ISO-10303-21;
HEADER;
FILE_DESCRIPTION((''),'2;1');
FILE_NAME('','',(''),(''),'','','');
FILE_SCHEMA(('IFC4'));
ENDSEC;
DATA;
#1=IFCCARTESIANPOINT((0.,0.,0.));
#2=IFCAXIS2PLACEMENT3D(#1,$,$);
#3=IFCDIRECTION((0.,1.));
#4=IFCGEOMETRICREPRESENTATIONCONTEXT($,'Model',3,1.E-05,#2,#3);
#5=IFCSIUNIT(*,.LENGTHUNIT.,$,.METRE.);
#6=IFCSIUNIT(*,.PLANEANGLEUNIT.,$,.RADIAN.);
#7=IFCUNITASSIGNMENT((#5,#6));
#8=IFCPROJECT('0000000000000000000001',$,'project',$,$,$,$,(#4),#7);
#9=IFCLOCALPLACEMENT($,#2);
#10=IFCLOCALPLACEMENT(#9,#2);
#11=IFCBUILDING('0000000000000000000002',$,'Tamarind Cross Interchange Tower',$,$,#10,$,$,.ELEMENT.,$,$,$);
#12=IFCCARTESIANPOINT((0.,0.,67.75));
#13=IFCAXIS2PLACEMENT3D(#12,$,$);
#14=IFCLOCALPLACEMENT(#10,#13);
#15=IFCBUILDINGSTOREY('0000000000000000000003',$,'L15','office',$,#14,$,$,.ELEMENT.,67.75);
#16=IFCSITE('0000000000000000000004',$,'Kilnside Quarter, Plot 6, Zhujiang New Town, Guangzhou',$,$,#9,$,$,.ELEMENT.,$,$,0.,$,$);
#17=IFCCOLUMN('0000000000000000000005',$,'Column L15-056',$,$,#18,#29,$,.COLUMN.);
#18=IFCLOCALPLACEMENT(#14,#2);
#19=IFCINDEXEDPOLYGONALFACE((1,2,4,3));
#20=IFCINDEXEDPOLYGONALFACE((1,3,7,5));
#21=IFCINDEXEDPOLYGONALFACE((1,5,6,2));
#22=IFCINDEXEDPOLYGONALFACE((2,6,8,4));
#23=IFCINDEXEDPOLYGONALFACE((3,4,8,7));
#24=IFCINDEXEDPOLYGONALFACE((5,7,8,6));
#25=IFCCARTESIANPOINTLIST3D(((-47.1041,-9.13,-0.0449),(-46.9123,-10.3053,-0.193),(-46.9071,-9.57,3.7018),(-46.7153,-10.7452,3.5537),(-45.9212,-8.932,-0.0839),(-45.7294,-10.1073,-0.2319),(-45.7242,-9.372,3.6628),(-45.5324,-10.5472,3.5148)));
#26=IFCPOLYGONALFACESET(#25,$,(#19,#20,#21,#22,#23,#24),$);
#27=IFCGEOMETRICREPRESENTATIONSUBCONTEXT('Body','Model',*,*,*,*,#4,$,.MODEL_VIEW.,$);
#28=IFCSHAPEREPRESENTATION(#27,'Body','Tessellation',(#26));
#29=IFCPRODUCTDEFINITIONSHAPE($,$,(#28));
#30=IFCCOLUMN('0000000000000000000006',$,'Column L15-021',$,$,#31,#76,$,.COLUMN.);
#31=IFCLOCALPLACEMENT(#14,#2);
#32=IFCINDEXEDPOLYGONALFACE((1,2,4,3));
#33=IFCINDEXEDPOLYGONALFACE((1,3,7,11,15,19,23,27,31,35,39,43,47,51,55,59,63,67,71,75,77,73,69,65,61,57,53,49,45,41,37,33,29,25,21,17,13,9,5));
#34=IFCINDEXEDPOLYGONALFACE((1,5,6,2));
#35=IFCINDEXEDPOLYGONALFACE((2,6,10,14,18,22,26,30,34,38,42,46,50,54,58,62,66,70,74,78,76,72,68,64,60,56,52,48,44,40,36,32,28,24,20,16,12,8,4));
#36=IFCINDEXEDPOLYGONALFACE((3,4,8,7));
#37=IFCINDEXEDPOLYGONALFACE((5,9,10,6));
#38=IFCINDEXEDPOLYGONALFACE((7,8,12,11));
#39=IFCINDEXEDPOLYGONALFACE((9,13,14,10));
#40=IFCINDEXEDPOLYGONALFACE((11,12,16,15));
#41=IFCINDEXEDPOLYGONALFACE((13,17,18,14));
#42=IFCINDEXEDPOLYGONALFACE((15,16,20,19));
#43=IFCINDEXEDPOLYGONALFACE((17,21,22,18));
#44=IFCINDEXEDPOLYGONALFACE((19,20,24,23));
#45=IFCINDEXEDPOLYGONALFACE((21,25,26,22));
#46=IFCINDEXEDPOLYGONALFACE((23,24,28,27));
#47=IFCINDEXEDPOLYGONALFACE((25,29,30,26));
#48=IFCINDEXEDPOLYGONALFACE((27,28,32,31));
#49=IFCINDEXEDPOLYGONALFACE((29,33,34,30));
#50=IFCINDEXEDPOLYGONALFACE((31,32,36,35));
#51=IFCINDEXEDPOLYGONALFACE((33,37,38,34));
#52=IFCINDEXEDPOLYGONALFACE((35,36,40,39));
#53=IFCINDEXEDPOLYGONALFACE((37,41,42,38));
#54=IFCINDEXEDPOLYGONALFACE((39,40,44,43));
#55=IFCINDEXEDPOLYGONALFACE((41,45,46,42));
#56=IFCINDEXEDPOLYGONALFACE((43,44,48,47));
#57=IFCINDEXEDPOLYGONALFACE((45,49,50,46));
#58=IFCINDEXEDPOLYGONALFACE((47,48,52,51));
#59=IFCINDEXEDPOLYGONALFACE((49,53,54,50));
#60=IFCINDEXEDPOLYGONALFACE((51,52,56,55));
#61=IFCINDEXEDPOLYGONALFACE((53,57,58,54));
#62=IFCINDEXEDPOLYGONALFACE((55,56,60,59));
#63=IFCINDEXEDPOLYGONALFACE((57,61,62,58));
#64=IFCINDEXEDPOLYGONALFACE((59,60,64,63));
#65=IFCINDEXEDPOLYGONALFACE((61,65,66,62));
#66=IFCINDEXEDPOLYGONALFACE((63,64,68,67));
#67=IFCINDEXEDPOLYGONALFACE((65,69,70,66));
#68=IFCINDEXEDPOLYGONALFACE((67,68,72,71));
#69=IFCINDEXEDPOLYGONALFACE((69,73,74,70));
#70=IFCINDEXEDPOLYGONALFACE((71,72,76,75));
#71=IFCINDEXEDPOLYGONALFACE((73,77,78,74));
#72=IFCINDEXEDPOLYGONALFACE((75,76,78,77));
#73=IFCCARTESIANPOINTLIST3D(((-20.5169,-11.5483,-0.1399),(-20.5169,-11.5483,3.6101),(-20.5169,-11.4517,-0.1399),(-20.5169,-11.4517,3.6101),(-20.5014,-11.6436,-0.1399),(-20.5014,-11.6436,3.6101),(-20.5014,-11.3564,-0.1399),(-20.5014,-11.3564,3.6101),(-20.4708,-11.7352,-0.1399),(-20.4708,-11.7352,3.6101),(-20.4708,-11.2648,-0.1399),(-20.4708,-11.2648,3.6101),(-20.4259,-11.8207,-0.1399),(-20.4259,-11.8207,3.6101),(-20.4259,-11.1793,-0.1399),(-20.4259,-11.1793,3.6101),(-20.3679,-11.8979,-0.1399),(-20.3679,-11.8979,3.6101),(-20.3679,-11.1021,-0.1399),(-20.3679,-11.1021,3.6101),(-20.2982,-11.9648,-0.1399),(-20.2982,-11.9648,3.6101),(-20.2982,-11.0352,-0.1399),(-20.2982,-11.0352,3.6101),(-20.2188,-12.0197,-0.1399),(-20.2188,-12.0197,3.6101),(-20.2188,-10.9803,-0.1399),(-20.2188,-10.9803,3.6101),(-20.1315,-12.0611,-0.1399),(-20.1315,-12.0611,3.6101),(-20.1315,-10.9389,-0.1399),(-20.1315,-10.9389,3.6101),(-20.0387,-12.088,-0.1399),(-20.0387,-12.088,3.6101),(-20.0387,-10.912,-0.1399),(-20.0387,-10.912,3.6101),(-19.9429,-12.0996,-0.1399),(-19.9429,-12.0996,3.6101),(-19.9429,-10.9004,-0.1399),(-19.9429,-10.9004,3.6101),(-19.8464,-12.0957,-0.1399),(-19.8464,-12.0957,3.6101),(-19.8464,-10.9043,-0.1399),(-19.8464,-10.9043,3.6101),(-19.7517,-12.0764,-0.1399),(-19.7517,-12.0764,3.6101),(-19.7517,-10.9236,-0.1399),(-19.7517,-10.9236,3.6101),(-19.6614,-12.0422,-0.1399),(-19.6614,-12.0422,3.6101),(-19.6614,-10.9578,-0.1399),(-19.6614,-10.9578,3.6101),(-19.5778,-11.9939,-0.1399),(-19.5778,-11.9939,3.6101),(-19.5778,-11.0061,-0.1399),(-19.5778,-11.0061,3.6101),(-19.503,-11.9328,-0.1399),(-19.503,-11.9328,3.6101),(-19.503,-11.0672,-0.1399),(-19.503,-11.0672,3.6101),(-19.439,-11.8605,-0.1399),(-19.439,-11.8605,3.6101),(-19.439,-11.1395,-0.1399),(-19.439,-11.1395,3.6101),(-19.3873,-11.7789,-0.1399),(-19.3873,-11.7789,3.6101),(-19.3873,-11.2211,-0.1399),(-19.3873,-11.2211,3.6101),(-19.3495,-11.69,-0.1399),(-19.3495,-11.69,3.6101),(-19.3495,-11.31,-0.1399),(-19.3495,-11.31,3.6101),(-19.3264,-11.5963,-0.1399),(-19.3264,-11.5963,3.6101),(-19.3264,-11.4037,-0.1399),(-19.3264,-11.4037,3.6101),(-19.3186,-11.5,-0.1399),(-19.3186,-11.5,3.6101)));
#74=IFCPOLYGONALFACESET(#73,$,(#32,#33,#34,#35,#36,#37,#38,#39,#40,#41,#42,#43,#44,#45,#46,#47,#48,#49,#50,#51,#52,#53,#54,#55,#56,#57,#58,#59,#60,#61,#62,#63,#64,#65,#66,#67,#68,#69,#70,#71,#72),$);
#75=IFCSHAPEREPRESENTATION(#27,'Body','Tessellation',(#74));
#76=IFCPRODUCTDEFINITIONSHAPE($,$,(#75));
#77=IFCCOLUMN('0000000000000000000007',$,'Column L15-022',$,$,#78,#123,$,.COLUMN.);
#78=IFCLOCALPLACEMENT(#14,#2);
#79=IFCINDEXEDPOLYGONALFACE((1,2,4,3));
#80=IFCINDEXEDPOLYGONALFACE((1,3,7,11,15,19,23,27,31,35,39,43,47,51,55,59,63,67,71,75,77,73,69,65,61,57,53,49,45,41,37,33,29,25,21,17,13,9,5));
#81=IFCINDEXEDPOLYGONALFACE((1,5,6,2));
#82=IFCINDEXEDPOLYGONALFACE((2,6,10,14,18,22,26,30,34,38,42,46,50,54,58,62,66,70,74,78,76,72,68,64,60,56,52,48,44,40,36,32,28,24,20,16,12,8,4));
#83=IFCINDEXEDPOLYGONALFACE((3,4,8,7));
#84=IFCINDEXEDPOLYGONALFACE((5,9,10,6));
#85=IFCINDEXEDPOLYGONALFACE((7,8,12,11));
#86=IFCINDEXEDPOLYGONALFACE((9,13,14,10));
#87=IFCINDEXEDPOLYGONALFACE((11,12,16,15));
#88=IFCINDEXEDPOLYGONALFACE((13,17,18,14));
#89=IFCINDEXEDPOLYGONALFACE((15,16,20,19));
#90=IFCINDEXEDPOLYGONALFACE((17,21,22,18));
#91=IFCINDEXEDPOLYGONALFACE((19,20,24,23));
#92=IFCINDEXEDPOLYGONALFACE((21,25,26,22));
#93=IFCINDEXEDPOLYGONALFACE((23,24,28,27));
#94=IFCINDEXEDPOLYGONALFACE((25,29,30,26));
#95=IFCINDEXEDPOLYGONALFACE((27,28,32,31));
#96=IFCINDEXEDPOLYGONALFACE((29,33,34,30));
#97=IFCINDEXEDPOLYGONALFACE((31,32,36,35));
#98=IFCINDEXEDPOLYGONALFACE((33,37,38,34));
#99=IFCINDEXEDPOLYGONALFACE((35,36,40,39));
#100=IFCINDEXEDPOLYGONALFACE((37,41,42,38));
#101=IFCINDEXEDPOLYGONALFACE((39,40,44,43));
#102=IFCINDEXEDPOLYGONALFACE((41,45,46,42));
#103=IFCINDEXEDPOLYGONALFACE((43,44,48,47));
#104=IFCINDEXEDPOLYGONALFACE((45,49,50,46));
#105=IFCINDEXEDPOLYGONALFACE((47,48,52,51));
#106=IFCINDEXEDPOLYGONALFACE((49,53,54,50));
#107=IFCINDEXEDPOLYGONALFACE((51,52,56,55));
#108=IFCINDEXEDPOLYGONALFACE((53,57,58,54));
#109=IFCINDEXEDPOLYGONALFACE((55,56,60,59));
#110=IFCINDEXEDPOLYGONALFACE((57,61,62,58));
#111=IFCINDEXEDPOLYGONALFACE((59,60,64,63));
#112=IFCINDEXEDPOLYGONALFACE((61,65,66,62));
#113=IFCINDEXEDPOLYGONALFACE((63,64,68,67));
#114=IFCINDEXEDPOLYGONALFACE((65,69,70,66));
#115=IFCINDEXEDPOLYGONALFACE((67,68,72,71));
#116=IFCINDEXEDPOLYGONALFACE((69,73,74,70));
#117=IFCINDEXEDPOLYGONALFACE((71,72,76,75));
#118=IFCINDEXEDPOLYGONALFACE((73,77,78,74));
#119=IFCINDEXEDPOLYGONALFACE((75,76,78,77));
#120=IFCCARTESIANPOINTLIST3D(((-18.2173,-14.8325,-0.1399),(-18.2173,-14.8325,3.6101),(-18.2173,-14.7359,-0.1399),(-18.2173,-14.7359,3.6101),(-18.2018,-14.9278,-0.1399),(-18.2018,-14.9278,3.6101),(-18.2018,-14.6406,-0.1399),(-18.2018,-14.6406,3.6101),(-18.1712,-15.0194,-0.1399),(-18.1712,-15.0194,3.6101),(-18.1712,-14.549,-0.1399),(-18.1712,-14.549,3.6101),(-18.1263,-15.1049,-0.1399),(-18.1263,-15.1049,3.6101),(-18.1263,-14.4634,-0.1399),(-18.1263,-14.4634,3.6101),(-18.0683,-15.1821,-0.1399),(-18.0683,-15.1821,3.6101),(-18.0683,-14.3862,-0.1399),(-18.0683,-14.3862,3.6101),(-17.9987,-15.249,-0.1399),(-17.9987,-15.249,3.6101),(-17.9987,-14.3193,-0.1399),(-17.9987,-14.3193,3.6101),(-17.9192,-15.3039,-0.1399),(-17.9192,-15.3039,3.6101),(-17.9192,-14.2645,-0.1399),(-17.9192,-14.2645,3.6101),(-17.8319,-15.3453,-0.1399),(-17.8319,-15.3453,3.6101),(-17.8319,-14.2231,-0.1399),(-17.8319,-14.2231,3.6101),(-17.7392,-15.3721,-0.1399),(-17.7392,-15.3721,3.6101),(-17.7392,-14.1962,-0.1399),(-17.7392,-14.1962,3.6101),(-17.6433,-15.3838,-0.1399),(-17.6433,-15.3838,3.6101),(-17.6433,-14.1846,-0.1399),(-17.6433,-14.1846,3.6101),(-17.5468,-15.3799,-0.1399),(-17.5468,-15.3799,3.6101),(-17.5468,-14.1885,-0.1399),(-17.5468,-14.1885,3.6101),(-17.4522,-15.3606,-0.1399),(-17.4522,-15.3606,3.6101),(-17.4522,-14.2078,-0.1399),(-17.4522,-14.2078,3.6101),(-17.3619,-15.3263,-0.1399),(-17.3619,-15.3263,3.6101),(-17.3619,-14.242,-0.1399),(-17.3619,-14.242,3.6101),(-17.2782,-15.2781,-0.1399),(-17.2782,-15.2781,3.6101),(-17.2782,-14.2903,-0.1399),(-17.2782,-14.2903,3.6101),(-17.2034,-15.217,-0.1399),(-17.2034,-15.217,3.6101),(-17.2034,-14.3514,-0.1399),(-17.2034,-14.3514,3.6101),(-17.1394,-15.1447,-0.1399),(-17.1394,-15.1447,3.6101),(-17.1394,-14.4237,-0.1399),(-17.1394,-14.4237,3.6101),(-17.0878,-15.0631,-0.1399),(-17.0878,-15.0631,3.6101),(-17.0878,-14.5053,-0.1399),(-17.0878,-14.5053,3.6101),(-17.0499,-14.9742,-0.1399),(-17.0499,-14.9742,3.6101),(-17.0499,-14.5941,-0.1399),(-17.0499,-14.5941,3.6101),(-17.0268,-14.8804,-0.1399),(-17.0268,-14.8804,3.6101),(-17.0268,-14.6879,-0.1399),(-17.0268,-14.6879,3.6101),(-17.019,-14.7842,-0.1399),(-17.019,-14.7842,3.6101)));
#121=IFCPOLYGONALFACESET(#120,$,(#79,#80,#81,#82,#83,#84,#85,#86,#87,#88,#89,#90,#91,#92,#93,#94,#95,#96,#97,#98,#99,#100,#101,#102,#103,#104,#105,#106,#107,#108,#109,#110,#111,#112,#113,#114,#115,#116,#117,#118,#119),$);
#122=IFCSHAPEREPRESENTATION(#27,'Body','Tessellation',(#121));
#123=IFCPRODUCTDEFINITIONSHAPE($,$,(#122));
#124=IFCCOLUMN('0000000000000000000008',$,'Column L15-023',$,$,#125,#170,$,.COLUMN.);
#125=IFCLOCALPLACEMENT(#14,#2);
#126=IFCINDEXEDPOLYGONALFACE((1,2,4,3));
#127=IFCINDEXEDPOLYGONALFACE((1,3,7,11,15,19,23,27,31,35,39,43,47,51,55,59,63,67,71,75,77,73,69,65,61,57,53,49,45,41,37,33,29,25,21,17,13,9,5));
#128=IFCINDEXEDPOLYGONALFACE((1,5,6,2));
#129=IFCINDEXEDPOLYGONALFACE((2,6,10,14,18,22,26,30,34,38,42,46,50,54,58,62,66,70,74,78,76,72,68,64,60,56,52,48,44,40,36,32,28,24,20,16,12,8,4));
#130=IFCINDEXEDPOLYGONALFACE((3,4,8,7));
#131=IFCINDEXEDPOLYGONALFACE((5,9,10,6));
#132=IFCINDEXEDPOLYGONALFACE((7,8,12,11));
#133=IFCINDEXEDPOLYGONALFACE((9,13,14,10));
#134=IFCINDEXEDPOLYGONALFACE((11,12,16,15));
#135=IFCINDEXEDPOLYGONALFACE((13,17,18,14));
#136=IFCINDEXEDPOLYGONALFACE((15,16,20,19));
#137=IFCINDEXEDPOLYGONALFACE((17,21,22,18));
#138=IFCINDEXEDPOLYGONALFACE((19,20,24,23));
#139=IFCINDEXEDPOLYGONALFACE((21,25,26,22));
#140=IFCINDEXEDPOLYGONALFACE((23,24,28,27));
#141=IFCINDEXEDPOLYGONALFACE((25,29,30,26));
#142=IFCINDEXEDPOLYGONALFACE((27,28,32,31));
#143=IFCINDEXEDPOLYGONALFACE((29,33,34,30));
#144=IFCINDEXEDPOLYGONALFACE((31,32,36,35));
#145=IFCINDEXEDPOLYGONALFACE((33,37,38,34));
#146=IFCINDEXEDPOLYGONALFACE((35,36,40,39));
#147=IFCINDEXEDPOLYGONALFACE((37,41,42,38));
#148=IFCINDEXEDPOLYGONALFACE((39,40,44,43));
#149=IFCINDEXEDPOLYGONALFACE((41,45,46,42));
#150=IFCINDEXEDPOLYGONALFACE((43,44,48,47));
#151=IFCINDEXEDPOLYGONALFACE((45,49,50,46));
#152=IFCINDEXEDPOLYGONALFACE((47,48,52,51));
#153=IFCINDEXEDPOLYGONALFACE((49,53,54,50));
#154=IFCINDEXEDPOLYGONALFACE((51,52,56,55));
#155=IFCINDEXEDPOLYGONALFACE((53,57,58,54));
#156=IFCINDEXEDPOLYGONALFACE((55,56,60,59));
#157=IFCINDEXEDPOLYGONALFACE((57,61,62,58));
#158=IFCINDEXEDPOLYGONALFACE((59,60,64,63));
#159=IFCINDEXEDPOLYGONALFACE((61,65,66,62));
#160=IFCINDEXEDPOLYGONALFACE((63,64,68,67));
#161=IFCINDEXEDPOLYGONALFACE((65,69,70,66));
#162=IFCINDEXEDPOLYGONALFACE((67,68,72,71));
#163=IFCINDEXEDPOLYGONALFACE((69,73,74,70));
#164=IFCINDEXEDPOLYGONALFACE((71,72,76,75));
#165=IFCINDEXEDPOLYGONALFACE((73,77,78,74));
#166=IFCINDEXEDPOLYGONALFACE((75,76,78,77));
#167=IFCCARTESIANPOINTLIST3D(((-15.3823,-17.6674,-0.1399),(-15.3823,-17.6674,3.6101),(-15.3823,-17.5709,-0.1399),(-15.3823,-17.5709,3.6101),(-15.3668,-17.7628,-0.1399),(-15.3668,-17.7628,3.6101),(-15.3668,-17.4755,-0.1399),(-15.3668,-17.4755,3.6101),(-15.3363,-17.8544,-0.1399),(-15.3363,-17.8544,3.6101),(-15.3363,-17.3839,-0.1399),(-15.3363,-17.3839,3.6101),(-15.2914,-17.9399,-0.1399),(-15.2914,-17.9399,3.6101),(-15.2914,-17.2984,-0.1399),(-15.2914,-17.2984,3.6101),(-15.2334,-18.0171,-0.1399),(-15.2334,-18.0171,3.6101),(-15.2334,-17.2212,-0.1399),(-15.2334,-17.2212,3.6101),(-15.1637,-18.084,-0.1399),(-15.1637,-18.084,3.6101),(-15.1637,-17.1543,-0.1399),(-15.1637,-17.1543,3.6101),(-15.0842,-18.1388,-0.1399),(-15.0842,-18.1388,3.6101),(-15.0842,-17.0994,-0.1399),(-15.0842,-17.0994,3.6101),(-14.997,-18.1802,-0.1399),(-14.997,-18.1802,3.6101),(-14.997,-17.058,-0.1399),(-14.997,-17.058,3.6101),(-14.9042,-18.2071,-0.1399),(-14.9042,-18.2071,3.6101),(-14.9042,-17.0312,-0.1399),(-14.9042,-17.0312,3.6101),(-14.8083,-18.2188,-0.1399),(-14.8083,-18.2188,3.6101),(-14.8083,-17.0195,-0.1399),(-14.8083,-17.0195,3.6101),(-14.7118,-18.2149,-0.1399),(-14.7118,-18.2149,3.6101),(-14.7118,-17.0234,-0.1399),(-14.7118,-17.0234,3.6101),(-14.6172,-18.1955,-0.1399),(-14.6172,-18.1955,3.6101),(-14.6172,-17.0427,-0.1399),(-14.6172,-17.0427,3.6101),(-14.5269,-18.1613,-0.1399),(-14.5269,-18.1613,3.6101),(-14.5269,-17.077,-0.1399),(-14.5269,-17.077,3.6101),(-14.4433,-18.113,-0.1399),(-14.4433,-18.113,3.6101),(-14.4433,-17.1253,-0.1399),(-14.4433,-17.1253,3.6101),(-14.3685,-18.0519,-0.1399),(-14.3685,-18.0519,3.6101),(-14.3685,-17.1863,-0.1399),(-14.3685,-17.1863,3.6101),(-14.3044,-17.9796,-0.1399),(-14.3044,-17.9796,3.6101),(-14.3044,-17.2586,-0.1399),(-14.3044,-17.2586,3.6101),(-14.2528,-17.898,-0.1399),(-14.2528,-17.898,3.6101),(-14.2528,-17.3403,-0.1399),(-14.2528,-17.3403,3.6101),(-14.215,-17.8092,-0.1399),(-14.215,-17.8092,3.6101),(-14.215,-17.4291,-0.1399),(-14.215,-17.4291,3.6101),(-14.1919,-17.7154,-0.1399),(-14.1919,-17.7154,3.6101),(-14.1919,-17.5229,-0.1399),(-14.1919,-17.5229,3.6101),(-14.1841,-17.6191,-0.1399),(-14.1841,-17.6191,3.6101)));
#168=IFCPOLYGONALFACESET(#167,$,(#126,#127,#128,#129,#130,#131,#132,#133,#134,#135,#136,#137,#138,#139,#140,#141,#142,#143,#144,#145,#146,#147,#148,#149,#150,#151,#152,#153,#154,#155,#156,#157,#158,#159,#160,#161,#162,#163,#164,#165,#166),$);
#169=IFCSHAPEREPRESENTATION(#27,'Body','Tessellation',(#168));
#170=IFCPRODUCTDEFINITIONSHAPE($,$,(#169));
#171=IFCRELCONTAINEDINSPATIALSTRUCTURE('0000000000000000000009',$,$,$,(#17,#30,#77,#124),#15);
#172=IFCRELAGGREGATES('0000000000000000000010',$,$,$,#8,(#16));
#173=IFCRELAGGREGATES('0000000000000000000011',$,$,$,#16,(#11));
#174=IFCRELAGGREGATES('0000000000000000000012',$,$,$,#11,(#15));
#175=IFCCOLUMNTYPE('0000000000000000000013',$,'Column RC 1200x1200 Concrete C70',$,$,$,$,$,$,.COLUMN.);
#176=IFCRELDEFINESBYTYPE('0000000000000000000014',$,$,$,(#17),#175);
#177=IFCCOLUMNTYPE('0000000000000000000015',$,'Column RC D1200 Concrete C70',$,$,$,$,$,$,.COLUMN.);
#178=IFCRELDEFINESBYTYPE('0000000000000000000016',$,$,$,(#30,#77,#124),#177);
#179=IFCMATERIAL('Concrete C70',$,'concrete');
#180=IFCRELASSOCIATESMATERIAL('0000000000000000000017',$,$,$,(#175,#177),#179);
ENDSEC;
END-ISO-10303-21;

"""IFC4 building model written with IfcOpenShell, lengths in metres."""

from ifc_helpers import new_model, si_unit, direction, frame, origin, origin_2d, place, context, subcontext, project, spatial, rectangle, circle, extrude, material, material_profile, profile_set, type_object, element, save


model = new_model("IFC4")

# Units and contexts
model_context = context("Model", 3, precision=1e-05, world=origin(), true_north=direction((0.0, 1.0)))
body_context = subcontext(model_context, "Body", "Model", "MODEL_VIEW")
ifc_project = project(units=[si_unit("LENGTHUNIT", "METRE"), si_unit("PLANEANGLEUNIT", "RADIAN")], contexts=[model_context])

# Site, building, storey
site_placement = place(None, origin())
site = spatial("IfcSite", under=ifc_project, at=site_placement, Name="Kilnside Quarter, Plot 6, Zhujiang New Town, Guangzhou", CompositionType="ELEMENT", RefElevation=0.0)
building_placement = place(site_placement, origin())
building = spatial("IfcBuilding", under=site, at=building_placement, Name="Tamarind Cross Interchange Tower", CompositionType="ELEMENT")
storey_placement = place(building_placement, frame((0.0, 0.0, 67.75)))
storey = spatial("IfcBuildingStorey", under=building, at=storey_placement, Name="L15", Description="office", CompositionType="ELEMENT", Elevation=67.75)

# Columns
ifc_material_1 = material(Name="Concrete C70", Category="concrete")
ifc_material_profile_1 = material_profile(ifc_material_1, rectangle(XDim=1.2, YDim=1.2, at=origin_2d()), Name="RC 1200x1200")
ifc_profile_set_1 = profile_set([ifc_material_profile_1], Name="Concrete C70")
column_type_1 = type_object("IfcColumnType", Name="Column RC 1200x1200 Concrete C70", PredefinedType="COLUMN", material=ifc_profile_set_1)
column_placement = place(storey_placement, frame((-46.4167, -9.6187, -0.1384), z_axis=(0.052154, -0.116457, 0.991825), x_axis=(-0.159863, 0.979395, 0.123404)))
element("IfcColumn", 1, at=column_placement, inside=storey, type_object=column_type_1, Name="Column L15-056", PredefinedType="COLUMN", context=body_context, shape_type="SweptSolid", body=[
    extrude(rectangle(XDim=1.2, YDim=1.2, at=origin_2d()), origin(), (0.0, 0.0, 1.0), 3.7776),
])
ifc_material_profile_2 = material_profile(ifc_material_1, circle(Radius=0.6001, at=origin_2d()), Name="RC D1200")
ifc_profile_set_2 = profile_set([ifc_material_profile_2], Name="Concrete C70")
column_type_2 = type_object("IfcColumnType", Name="Column RC D1200 Concrete C70", PredefinedType="COLUMN", material=ifc_profile_set_2)
for number, where, z_axis, x_axis, name in (
    (2, (-19.9187, -11.5, -0.1399), (0.0, 0.0, 1.0), (1.0, 0.0, 0.0), "Column L15-021"),
    (3, (-17.6191, -14.7842, -0.1399), (0.0, 0.0, 1.0), (1.0, 0.0, 0.0), "Column L15-022"),
    (4, (-14.7842, -17.6191, -0.1399), (0.0, 0.0, 1.0), (1.0, 0.0, 0.0), "Column L15-023"),
):
    element("IfcColumn", number, at=place(storey_placement, frame(where, z_axis=z_axis, x_axis=x_axis)), inside=storey, type_object=column_type_2, Name=name, PredefinedType="COLUMN", context=body_context, shape_type="SweptSolid", body=[
        extrude(circle(Radius=0.6001, at=origin_2d()), origin(), (0.0, 0.0, 1.0), 3.75),
    ])

save(model, "model.ifc")
